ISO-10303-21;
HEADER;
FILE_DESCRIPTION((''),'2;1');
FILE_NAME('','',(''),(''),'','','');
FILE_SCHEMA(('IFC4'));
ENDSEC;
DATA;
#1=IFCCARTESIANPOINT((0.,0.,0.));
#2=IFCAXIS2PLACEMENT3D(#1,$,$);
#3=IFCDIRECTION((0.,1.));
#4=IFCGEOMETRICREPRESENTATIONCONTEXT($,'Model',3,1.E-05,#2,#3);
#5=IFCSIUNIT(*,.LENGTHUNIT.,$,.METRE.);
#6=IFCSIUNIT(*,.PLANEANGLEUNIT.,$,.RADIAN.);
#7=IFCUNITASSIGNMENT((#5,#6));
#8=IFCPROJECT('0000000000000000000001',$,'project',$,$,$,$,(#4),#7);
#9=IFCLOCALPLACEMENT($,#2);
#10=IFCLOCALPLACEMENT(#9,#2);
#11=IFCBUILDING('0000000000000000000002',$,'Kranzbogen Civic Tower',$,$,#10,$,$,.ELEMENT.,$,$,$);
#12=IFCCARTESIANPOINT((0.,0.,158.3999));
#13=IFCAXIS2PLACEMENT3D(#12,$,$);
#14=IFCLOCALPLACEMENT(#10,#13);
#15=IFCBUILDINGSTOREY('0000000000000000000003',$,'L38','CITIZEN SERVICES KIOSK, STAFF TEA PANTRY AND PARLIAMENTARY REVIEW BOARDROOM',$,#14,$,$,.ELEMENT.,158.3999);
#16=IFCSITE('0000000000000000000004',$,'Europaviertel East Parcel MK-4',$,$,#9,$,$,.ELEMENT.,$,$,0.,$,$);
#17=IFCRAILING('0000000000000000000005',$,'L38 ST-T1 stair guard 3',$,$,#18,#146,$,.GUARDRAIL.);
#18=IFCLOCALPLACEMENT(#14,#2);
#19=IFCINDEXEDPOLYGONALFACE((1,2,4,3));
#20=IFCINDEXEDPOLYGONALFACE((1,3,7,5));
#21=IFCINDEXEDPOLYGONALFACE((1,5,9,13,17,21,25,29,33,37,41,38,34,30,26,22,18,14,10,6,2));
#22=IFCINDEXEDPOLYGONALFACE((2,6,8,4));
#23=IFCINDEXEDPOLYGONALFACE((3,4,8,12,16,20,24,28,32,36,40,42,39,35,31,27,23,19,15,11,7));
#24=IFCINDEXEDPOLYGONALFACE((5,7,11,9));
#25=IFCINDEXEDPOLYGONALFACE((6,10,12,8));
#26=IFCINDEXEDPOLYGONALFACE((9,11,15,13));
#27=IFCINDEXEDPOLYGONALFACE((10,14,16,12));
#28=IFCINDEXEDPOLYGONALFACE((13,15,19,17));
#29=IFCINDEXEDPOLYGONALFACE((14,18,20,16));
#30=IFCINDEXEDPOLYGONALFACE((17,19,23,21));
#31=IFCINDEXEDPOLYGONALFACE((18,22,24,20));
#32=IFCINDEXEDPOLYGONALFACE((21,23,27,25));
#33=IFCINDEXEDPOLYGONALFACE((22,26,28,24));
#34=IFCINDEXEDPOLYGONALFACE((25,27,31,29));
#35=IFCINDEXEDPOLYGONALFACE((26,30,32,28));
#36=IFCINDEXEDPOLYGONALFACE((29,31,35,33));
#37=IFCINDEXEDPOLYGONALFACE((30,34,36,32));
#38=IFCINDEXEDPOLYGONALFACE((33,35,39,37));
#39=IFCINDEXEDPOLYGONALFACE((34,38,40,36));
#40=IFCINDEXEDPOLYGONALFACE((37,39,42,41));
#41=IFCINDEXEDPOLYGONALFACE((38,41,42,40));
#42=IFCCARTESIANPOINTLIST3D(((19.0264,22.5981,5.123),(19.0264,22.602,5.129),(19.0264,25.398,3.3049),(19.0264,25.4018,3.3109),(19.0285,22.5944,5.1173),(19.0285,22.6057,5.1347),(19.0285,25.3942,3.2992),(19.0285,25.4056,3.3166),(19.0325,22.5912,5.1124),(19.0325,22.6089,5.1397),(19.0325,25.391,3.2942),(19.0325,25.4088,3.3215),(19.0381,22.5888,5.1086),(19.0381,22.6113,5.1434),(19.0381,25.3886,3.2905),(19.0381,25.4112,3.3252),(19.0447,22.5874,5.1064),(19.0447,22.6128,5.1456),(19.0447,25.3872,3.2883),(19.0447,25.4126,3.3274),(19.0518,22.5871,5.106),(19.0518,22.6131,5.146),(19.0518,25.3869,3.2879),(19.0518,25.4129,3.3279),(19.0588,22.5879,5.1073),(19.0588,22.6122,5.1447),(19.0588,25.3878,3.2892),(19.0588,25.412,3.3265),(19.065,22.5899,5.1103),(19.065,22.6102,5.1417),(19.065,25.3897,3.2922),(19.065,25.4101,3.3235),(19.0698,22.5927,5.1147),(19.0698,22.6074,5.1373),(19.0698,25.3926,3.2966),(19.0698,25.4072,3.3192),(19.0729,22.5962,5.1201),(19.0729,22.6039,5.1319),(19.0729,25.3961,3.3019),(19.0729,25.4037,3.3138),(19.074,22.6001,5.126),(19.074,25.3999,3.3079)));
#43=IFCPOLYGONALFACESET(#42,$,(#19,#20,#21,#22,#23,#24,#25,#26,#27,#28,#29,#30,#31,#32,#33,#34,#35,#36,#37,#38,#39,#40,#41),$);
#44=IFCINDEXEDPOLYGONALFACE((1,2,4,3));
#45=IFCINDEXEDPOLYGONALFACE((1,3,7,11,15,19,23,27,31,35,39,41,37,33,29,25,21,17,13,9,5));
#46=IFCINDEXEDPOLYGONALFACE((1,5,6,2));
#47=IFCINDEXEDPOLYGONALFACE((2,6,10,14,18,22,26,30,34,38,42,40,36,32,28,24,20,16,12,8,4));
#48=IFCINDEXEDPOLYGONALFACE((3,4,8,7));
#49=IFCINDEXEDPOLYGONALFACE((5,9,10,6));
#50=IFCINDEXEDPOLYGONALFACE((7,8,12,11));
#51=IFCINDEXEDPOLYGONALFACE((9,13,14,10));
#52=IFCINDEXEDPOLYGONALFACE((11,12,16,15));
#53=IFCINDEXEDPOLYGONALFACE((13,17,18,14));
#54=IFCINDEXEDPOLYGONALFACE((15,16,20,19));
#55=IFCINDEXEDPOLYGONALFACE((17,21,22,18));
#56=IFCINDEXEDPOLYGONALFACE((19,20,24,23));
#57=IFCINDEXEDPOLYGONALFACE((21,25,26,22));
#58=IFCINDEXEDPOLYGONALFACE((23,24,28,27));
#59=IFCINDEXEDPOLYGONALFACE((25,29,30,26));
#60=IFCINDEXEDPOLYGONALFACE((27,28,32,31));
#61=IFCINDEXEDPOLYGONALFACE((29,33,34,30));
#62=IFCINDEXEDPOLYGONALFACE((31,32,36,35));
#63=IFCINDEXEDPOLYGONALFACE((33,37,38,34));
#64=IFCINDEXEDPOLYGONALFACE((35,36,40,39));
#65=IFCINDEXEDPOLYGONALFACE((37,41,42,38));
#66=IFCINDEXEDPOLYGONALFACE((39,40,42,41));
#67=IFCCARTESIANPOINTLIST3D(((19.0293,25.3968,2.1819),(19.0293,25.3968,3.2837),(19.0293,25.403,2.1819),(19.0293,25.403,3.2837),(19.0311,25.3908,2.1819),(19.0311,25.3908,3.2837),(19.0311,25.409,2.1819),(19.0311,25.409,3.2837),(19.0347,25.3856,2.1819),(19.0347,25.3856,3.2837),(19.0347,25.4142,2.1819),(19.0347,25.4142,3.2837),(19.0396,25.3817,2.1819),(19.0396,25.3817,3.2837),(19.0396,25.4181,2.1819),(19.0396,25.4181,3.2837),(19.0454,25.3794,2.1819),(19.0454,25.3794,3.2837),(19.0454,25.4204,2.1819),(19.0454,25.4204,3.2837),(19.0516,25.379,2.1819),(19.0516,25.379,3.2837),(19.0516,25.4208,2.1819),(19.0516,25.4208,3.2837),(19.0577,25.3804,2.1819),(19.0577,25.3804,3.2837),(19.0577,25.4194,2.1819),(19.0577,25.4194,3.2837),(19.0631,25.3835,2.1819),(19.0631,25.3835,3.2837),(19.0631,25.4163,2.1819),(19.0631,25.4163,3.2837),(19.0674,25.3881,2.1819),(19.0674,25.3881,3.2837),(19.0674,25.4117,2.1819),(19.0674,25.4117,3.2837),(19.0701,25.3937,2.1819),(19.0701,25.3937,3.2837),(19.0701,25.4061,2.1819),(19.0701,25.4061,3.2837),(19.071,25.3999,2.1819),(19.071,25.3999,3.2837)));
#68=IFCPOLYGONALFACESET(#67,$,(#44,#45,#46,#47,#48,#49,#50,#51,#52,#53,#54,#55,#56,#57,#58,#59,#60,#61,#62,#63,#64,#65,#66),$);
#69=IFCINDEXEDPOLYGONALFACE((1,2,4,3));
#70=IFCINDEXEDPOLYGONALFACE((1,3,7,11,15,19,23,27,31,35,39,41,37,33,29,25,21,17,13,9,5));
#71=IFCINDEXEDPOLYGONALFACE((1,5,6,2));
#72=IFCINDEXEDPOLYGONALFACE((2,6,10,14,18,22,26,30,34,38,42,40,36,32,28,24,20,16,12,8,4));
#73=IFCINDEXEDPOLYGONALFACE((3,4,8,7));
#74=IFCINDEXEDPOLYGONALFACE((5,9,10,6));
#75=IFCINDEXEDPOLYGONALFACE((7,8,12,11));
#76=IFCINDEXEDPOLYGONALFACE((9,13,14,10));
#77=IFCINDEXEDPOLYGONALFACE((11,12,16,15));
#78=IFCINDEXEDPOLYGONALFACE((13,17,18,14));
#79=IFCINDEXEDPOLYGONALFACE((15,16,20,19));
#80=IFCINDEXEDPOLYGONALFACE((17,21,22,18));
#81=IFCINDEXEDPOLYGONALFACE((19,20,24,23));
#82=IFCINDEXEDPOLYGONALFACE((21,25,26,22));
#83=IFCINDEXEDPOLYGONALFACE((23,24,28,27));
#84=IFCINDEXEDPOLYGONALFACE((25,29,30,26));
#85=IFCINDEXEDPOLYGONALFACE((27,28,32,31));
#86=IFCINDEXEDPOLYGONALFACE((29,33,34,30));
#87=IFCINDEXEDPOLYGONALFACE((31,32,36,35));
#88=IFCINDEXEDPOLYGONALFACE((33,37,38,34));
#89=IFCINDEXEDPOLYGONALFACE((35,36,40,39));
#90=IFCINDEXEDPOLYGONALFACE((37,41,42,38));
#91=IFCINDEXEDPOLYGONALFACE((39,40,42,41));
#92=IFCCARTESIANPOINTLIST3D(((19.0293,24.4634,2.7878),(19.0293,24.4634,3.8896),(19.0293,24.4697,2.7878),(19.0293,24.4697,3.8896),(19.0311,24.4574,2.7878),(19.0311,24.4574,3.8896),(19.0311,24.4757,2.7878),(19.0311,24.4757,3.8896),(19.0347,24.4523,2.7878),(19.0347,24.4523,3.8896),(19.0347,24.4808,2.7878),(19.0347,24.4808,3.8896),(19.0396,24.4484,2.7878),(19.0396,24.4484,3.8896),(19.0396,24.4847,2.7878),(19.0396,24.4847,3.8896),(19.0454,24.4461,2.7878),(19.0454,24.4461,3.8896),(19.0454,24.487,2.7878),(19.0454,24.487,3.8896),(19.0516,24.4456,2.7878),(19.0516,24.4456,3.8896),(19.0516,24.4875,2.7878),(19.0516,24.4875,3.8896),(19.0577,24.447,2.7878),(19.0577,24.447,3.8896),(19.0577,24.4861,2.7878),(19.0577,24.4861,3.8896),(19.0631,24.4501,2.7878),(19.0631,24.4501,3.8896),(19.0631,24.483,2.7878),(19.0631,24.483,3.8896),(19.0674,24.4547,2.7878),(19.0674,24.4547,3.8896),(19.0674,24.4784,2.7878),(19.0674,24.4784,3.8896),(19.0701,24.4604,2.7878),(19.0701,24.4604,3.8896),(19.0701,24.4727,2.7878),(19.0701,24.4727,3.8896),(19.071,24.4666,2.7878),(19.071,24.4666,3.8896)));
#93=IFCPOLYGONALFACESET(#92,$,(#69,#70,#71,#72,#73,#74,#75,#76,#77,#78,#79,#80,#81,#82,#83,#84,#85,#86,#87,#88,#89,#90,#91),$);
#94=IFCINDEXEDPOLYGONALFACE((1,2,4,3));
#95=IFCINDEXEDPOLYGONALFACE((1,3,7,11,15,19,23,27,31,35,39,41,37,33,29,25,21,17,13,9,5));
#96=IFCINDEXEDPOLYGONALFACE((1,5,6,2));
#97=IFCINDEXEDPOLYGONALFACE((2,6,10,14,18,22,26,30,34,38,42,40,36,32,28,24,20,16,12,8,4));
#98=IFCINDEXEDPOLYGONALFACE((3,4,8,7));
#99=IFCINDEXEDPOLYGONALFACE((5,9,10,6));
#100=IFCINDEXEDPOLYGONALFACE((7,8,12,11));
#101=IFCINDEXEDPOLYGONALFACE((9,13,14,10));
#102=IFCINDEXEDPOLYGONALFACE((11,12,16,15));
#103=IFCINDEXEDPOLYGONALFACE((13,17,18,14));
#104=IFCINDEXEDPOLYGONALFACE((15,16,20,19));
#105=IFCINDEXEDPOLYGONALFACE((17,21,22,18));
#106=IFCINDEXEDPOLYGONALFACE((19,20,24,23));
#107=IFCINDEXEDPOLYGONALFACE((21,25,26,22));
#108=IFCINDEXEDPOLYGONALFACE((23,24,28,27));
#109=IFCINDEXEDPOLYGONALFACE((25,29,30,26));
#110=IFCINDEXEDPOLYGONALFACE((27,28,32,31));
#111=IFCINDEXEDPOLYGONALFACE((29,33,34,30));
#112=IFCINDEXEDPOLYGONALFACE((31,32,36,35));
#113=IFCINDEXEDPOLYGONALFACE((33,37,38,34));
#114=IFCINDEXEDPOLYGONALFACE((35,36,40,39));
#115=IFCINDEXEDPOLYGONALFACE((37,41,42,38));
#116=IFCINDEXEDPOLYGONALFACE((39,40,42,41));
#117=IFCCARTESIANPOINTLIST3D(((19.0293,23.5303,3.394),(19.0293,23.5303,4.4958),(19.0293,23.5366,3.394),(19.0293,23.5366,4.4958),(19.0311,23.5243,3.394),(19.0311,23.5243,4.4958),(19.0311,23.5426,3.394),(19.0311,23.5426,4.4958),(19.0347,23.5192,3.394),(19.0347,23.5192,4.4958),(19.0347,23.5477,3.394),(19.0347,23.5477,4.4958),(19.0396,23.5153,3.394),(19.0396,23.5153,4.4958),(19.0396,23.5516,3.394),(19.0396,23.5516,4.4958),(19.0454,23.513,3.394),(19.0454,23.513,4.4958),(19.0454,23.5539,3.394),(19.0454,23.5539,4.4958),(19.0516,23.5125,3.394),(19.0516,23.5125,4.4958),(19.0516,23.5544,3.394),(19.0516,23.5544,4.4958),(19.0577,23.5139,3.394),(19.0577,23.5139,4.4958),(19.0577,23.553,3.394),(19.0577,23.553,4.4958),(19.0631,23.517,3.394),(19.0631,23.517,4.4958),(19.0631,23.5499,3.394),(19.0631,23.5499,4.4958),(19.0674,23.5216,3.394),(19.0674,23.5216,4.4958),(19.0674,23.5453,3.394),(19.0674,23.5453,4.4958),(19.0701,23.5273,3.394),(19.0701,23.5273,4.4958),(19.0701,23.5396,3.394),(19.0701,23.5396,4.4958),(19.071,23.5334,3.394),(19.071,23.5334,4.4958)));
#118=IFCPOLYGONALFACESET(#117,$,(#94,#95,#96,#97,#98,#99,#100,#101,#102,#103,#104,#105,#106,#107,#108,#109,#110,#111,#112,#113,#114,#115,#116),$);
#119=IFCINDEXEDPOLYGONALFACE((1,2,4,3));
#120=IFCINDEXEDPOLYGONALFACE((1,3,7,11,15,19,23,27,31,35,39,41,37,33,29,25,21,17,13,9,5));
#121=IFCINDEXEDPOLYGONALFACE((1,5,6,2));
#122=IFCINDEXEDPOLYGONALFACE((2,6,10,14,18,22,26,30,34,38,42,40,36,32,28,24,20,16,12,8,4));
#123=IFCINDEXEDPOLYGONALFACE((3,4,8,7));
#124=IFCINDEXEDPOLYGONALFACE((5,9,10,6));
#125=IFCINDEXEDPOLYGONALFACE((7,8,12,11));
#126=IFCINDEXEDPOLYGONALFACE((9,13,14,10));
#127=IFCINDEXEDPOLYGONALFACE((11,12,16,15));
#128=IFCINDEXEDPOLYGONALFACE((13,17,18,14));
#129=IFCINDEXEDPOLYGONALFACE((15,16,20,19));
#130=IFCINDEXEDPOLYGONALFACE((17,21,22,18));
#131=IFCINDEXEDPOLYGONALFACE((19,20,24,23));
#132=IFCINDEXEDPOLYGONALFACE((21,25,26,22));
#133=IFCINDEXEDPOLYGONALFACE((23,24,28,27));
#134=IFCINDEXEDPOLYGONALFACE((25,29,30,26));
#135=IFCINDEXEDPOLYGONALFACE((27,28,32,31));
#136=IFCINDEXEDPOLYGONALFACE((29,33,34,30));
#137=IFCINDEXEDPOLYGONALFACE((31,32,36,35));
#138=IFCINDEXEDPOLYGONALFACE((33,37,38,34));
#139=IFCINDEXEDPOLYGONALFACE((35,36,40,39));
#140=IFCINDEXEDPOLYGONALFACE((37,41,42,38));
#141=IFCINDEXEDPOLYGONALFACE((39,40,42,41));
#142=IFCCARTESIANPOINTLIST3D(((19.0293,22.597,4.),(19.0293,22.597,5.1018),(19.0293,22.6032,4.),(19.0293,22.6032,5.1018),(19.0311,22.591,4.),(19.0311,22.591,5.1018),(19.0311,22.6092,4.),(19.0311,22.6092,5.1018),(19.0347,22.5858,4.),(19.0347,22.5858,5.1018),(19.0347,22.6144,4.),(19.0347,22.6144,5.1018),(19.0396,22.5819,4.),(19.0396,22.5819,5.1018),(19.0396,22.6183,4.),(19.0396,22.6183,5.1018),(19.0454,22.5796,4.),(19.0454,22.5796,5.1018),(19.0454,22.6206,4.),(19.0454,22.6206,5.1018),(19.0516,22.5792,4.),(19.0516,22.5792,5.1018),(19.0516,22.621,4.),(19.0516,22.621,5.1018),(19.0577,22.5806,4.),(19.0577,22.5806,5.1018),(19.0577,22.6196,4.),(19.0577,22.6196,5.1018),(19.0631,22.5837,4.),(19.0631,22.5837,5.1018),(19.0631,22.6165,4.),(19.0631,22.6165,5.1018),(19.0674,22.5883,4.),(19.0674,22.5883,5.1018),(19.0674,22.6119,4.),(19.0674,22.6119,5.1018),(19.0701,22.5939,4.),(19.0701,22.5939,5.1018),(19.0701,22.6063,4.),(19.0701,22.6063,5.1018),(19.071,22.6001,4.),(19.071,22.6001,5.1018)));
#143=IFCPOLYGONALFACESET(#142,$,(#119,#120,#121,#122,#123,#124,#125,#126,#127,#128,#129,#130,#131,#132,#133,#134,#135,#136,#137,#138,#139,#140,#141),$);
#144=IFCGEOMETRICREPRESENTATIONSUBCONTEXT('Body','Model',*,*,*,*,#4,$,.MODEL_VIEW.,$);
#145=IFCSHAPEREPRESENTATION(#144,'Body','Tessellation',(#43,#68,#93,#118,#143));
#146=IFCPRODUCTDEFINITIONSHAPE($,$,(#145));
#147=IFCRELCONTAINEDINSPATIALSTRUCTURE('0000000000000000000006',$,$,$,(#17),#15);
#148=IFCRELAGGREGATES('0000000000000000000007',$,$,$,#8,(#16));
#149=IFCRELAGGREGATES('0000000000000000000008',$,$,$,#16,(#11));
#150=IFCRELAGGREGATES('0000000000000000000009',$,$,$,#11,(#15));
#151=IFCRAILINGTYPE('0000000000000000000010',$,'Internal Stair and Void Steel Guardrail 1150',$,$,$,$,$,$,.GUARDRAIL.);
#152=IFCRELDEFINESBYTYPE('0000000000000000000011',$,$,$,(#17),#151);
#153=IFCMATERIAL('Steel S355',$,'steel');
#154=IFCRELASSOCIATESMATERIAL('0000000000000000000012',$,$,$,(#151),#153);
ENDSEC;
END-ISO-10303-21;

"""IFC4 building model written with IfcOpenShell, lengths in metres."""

from ifc_helpers import new_model, si_unit, direction, frame, origin, origin_2d, place, context, subcontext, project, spatial, circle, extrude, material, type_object, element, save


model = new_model("IFC4")

# Units and contexts
model_context = context("Model", 3, precision=1e-05, world=origin(), true_north=direction((0.0, 1.0)))
body_context = subcontext(model_context, "Body", "Model", "MODEL_VIEW")
ifc_project = project(units=[si_unit("LENGTHUNIT", "METRE"), si_unit("PLANEANGLEUNIT", "RADIAN")], contexts=[model_context])

# Site, building, storey
site_placement = place(None, origin())
site = spatial("IfcSite", under=ifc_project, at=site_placement, Name="Europaviertel East Parcel MK-4", CompositionType="ELEMENT", RefElevation=0.0)
building_placement = place(site_placement, origin())
building = spatial("IfcBuilding", under=site, at=building_placement, Name="Kranzbogen Civic Tower", CompositionType="ELEMENT")
storey_placement = place(building_placement, frame((0.0, 0.0, 158.3999)))
storey = spatial("IfcBuildingStorey", under=building, at=storey_placement, Name="L38", Description="CITIZEN SERVICES KIOSK, STAFF TEA PANTRY AND PARLIAMENTARY REVIEW BOARDROOM", CompositionType="ELEMENT", Elevation=158.3999)

# Shared definitions
ifc_material_1 = material(Name="Steel S355", Category="steel")

# Railing
railing_type_1 = type_object("IfcRailingType", Name="Internal Stair and Void Steel Guardrail 1150", PredefinedType="GUARDRAIL", material=ifc_material_1)
railing_1_placement = place(storey_placement, frame((19.05, 25.3999, 2.1819)))
element("IfcRailing", 1, at=railing_1_placement, inside=storey, type_object=railing_type_1, Name="L38 ST-T1 stair guard 3", PredefinedType="GUARDRAIL", context=body_context, shape_type="SweptSolid", body=[
    extrude(circle(Radius=0.0239, at=origin_2d()), frame((0.0, 0.0, 1.126), z_axis=(0.0, -0.838684, 0.544618), x_axis=(1.0, 0.0, 0.0)), (0.0, 0.0, 1.0), 3.3384),
    extrude(circle(Radius=0.021, at=origin_2d()), origin(), (0.0, 0.0, 1.0), 1.1018),
    extrude(circle(Radius=0.021, at=origin_2d()), frame((0.0, -0.9333, 0.606)), (0.0, 0.0, 1.0), 1.1018),
    extrude(circle(Radius=0.021, at=origin_2d()), frame((0.0, -1.8665, 1.2122)), (0.0, 0.0, 1.0), 1.1018),
    extrude(circle(Radius=0.021, at=origin_2d()), frame((0.0, -2.7998, 1.8181)), (0.0, 0.0, 1.0), 1.1018),
])

save(model, "model.ifc")
